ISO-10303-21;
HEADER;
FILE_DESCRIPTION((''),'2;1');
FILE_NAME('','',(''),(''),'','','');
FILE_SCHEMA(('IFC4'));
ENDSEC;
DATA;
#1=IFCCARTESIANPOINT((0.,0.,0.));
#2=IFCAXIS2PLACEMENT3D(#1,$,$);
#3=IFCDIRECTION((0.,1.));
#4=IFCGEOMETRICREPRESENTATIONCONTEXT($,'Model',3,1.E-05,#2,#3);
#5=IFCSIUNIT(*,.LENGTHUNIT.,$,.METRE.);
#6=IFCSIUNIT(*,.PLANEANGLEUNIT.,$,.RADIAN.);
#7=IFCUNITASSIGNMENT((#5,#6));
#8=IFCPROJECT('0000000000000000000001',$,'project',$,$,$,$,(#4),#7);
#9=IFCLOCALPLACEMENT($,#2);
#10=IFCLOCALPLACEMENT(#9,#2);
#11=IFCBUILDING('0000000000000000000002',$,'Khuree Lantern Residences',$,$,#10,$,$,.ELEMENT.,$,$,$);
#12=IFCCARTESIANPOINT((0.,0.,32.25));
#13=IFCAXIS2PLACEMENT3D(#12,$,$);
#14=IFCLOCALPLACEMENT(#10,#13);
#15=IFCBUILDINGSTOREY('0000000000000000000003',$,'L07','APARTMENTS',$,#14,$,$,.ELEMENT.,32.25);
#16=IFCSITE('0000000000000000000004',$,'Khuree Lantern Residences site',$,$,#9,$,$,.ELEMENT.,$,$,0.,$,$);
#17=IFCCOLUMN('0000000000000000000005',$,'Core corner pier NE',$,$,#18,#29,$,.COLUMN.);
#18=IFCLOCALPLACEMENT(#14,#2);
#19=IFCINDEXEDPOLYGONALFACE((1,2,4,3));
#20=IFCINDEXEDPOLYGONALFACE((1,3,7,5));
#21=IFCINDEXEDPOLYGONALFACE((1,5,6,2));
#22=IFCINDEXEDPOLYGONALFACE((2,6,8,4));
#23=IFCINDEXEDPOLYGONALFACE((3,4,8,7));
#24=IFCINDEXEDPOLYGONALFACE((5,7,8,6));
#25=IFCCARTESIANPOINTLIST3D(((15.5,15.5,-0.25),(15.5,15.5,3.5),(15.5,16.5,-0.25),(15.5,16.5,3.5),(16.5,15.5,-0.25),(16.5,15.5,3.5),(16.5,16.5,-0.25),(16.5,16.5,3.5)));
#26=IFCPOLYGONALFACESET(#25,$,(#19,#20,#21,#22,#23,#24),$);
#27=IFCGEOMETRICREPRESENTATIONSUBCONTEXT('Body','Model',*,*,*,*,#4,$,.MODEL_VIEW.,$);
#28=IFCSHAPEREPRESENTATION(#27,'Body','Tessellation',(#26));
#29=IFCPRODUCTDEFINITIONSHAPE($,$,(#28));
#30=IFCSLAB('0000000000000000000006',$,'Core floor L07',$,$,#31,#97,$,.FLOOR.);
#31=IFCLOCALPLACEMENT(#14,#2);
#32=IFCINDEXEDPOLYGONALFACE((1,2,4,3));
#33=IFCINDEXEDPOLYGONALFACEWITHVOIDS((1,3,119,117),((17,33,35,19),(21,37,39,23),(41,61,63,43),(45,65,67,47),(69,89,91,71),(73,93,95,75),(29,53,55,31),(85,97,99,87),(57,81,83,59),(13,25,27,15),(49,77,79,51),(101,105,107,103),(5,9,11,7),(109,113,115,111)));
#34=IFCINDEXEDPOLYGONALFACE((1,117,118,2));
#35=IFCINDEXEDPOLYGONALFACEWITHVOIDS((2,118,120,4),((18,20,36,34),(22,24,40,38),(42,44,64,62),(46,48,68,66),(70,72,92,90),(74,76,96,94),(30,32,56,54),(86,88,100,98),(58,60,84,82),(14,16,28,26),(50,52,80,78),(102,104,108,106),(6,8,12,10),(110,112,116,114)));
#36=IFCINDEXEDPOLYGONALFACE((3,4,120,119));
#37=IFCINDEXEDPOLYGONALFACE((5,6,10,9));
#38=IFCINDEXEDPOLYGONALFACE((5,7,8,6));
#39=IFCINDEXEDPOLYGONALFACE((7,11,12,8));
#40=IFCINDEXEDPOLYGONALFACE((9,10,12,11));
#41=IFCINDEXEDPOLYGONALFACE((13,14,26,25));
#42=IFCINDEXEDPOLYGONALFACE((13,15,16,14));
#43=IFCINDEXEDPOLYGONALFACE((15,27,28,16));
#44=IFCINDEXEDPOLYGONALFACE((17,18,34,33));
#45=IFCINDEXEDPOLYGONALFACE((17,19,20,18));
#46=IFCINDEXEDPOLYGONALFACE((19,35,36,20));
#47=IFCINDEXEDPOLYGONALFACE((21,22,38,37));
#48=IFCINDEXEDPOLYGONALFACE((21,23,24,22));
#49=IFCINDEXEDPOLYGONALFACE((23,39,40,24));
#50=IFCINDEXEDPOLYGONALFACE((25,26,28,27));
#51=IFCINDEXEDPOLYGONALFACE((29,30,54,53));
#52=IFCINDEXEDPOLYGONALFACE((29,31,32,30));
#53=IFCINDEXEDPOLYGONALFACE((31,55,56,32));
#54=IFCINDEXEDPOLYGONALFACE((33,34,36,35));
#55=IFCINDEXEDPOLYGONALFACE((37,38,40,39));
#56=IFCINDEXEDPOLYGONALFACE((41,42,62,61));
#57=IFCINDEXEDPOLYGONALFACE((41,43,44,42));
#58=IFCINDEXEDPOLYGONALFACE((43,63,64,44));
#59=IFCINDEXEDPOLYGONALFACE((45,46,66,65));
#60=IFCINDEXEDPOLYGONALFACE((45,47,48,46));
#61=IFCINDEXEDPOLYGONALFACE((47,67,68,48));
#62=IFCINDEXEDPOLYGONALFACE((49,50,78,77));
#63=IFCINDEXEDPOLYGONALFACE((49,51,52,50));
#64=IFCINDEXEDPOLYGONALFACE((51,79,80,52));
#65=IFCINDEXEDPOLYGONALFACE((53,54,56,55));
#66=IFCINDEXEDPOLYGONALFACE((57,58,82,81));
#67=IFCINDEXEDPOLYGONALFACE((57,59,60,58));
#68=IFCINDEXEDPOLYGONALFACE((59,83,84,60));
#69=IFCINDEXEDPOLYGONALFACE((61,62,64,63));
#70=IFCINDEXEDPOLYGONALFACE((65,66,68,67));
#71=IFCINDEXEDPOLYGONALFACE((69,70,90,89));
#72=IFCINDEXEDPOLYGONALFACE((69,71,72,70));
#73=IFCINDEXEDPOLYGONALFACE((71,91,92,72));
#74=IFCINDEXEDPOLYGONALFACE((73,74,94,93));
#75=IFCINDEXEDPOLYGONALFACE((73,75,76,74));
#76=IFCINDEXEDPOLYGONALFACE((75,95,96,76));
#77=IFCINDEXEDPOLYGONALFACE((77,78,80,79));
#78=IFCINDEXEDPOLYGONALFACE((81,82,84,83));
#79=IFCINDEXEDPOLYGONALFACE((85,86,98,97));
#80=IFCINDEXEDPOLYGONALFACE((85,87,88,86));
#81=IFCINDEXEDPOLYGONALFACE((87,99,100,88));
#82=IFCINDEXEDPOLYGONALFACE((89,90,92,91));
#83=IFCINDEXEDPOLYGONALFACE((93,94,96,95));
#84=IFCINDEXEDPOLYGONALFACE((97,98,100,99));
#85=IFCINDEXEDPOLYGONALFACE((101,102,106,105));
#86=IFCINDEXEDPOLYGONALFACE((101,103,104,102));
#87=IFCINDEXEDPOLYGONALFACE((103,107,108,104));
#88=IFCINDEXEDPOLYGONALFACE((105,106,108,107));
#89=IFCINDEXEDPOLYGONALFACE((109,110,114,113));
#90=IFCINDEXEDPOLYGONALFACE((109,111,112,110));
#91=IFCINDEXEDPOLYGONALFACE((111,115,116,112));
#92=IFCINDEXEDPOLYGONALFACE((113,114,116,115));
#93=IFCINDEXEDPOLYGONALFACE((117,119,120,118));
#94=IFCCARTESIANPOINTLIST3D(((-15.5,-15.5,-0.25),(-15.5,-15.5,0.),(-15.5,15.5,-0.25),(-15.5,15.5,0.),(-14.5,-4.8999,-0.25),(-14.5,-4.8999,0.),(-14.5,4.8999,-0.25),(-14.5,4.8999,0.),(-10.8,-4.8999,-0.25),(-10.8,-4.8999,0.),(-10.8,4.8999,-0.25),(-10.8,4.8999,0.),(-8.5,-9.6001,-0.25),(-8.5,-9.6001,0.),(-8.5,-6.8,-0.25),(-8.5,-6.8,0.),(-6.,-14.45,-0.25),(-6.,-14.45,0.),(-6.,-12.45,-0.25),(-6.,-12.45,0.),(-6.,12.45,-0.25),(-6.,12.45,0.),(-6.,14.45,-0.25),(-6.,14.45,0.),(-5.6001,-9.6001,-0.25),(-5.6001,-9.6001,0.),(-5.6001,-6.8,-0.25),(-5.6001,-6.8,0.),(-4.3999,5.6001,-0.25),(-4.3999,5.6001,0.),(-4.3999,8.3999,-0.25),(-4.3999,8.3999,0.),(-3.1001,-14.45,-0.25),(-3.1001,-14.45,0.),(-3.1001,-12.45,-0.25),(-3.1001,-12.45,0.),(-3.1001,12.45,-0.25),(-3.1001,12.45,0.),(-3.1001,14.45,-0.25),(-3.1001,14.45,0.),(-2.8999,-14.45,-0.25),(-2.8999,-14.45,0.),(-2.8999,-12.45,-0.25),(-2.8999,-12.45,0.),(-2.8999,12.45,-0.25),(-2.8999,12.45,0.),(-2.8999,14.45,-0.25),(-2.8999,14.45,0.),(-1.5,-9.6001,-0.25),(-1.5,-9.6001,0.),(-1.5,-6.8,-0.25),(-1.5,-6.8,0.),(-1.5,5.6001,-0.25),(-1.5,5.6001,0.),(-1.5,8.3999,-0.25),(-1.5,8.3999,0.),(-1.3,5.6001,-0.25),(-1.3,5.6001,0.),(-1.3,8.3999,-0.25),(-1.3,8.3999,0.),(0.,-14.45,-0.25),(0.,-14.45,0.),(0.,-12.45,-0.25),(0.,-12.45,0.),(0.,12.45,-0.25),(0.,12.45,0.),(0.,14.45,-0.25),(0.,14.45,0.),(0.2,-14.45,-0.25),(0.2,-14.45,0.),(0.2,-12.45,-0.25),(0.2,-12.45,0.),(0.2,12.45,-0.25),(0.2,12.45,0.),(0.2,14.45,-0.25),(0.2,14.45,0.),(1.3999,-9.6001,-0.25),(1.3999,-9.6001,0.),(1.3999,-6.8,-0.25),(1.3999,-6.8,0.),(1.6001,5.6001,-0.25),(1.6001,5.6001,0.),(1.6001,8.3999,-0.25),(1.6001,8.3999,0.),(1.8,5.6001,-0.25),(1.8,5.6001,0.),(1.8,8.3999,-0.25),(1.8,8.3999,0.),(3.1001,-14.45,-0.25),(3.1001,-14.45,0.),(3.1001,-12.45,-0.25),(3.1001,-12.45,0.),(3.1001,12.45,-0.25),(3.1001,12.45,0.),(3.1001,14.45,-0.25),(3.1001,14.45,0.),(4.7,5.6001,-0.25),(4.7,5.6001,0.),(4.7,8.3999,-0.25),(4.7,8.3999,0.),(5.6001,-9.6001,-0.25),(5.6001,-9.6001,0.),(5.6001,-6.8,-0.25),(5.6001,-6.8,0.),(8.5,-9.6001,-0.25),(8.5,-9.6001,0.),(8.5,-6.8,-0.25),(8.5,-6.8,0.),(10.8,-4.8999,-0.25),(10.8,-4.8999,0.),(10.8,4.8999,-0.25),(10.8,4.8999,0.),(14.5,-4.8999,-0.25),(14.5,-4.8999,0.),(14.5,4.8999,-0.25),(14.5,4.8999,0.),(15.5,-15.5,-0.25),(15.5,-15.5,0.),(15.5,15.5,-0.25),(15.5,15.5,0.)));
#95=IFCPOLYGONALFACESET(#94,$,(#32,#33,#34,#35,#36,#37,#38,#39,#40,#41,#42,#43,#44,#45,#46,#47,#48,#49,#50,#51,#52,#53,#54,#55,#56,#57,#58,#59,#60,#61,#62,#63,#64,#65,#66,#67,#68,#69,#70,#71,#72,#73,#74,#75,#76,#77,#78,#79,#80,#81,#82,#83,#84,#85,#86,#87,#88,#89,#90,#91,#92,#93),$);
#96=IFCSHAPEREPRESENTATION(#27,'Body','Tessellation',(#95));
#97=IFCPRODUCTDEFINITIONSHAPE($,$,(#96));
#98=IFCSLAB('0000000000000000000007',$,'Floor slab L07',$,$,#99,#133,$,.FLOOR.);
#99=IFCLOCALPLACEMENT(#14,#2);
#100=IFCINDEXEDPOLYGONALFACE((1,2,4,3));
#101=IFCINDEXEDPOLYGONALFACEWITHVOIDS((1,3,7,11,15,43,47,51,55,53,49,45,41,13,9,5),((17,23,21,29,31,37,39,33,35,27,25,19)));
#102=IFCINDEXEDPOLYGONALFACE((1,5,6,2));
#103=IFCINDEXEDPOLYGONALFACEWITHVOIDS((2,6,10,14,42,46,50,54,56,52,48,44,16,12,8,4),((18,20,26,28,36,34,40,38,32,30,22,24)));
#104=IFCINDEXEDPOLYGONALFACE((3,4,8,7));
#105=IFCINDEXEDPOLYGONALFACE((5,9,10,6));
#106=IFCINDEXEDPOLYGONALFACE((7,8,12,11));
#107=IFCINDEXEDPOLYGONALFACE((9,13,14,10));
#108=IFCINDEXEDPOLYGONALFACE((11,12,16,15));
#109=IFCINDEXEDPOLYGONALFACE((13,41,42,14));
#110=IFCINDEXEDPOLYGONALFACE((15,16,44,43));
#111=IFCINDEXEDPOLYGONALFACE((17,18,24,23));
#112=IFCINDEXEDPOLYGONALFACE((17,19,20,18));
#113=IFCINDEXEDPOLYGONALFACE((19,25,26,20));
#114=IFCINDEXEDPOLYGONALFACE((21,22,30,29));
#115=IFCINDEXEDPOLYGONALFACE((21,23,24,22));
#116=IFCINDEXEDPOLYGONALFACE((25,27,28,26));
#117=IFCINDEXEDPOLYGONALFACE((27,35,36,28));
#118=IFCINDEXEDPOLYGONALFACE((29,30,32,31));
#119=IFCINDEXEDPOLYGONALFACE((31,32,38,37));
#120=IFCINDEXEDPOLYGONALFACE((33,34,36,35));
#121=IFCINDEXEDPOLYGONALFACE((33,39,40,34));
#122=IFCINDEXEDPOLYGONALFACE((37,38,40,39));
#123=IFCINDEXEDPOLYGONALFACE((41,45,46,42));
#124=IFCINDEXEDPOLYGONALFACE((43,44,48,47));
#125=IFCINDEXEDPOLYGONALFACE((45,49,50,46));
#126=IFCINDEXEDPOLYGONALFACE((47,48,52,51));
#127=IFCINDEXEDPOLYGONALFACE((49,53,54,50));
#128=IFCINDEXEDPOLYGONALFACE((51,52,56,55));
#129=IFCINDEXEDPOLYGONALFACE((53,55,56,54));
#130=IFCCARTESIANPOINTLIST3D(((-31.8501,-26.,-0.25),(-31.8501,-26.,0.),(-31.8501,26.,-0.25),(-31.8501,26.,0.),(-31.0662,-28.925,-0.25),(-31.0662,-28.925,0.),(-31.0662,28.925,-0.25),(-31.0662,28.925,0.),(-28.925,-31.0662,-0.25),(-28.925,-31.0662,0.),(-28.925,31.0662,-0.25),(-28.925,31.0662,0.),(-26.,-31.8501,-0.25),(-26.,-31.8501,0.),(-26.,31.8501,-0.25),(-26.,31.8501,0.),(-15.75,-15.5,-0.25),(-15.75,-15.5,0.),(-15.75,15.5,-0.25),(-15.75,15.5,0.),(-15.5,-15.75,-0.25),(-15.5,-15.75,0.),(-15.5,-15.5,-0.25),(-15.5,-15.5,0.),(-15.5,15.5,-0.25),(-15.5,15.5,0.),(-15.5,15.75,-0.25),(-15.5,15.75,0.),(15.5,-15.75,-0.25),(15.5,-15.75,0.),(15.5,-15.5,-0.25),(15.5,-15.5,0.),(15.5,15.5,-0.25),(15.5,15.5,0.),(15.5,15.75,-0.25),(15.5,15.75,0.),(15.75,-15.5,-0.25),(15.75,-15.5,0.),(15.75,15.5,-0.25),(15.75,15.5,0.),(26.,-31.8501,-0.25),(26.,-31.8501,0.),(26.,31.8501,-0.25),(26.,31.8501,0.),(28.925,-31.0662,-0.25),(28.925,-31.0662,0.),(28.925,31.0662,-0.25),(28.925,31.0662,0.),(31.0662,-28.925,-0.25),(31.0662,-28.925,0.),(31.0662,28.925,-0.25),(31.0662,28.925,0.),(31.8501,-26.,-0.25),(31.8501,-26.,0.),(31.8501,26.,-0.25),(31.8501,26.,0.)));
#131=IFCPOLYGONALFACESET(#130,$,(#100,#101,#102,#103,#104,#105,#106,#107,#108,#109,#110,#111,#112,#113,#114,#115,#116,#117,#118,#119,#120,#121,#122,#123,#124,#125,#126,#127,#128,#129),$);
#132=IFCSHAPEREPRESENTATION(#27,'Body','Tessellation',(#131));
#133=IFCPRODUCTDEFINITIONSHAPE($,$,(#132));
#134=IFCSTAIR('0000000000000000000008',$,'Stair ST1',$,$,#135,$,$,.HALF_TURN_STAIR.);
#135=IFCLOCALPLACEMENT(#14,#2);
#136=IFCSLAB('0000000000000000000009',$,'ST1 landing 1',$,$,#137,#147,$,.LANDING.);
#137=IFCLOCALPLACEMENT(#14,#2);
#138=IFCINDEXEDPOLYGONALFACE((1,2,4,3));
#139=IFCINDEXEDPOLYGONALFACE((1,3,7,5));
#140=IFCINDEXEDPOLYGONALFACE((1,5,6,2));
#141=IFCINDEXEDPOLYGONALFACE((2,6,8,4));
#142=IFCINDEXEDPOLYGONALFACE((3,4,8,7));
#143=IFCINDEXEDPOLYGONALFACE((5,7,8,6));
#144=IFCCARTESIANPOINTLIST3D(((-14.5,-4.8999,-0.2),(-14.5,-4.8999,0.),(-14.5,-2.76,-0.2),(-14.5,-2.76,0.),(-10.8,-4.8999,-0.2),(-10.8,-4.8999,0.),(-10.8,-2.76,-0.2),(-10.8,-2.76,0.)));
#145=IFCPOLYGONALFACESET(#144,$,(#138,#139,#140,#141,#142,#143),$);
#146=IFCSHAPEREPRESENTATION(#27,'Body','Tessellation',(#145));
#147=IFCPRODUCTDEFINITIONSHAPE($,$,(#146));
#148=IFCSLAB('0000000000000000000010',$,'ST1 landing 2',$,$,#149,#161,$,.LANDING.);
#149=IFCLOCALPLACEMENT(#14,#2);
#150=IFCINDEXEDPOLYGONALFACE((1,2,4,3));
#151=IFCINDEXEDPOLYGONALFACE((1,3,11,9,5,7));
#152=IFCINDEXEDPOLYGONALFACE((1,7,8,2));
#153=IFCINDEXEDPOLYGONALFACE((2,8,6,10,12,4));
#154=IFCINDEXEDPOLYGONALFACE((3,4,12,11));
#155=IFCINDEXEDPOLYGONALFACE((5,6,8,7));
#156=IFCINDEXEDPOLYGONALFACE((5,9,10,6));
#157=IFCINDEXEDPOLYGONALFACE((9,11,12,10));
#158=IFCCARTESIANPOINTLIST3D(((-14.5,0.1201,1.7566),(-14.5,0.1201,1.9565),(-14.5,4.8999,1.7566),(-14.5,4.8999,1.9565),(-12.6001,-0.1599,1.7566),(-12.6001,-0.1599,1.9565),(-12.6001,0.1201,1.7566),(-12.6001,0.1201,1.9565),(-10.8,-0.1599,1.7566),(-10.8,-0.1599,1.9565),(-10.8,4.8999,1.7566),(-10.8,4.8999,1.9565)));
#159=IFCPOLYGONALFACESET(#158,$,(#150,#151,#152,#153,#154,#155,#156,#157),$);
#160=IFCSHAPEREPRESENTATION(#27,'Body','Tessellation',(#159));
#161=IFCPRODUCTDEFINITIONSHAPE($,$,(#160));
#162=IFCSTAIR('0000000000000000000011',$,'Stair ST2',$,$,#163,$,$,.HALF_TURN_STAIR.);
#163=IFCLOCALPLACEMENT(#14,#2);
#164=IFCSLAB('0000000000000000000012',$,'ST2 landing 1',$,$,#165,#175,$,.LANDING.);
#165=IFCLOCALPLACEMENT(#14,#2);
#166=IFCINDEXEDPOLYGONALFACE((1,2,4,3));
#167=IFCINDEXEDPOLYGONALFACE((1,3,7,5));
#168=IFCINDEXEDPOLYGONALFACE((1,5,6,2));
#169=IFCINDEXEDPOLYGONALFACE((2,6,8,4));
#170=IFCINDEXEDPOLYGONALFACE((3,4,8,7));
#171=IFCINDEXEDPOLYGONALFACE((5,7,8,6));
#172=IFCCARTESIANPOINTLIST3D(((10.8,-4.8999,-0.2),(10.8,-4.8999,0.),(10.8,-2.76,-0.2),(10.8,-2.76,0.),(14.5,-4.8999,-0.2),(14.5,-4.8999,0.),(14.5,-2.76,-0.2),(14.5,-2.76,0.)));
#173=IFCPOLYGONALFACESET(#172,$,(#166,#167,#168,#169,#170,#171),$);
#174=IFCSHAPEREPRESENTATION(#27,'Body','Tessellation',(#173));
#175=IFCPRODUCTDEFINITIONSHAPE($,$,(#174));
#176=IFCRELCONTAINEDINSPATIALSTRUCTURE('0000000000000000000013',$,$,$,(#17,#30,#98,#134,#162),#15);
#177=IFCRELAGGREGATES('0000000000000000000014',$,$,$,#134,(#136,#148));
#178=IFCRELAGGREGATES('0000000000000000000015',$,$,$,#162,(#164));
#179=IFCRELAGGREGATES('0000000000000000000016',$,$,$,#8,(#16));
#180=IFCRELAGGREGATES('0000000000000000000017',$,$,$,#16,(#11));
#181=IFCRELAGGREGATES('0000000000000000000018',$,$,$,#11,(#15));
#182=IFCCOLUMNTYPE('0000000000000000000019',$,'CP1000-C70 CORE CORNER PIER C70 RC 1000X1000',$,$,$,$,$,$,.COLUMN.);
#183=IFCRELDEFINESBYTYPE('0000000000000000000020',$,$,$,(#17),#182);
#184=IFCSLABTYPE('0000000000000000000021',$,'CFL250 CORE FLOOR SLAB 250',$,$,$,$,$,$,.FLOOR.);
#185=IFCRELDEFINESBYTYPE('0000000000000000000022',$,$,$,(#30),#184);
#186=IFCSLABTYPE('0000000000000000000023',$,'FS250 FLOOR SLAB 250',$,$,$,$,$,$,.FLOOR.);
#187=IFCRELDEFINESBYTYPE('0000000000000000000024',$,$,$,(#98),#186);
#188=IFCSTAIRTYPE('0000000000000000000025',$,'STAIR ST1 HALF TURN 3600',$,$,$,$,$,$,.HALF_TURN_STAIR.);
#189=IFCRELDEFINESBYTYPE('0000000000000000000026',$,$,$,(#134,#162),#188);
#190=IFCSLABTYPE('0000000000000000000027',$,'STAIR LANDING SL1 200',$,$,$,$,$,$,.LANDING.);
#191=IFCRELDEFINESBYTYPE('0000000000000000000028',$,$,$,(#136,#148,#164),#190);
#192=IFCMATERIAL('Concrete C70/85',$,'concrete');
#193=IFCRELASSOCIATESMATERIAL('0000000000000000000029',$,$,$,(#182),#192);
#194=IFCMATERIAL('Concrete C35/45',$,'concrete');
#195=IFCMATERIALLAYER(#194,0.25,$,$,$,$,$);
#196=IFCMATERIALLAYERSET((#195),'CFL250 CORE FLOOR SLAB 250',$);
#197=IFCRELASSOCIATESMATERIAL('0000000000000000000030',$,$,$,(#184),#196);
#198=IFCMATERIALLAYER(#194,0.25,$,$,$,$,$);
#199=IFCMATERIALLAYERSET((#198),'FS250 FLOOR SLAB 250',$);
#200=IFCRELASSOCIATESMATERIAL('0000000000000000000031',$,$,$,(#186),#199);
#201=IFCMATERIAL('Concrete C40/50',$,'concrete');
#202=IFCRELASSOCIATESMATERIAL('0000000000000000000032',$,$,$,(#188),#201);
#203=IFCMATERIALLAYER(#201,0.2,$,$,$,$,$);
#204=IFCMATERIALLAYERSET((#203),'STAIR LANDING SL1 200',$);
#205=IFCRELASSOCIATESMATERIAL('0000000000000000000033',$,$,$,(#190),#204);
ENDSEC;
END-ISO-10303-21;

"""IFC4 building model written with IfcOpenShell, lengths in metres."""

from ifc_helpers import new_model, si_unit, direction, frame, origin, origin_2d, place, context, subcontext, project, spatial, polyline, rectangle, outline, extrude, material, layer, layer_set, material_profile, profile_set, type_object, element, aggregate, save


model = new_model("IFC4")

# Units and contexts
model_context = context("Model", 3, precision=1e-05, world=origin(), true_north=direction((0.0, 1.0)))
body_context = subcontext(model_context, "Body", "Model", "MODEL_VIEW")
ifc_project = project(units=[si_unit("LENGTHUNIT", "METRE"), si_unit("PLANEANGLEUNIT", "RADIAN")], contexts=[model_context])

# Site, building, storey
site_placement = place(None, origin())
site = spatial("IfcSite", under=ifc_project, at=site_placement, Name="Khuree Lantern Residences site", CompositionType="ELEMENT", RefElevation=0.0)
building_placement = place(site_placement, origin())
building = spatial("IfcBuilding", under=site, at=building_placement, Name="Khuree Lantern Residences", CompositionType="ELEMENT")
storey_placement = place(building_placement, frame((0.0, 0.0, 32.25)))
storey = spatial("IfcBuildingStorey", under=building, at=storey_placement, Name="L07", Description="APARTMENTS", CompositionType="ELEMENT", Elevation=32.25)

# Column
ifc_material_1 = material(Name="Concrete C70/85", Category="concrete")
ifc_material_profile = material_profile(ifc_material_1, rectangle(XDim=1.0, YDim=1.0, at=origin_2d()), Name="RC 1000X1000")
ifc_profile_set = profile_set([ifc_material_profile], Name="Concrete C70/85")
column_type = type_object("IfcColumnType", Name="CP1000-C70 CORE CORNER PIER C70 RC 1000X1000", PredefinedType="COLUMN", material=ifc_profile_set)
column_placement = place(storey_placement, frame((16.0, 16.0, -0.25), z_axis=(0.0, 0.0, 1.0), x_axis=(1.0, 0.0, 0.0)))
element("IfcColumn", 1, at=column_placement, inside=storey, type_object=column_type, Name="Core corner pier NE", PredefinedType="COLUMN", context=body_context, shape_type="SweptSolid", body=[
    extrude(rectangle(XDim=1.0, YDim=1.0, at=origin_2d()), origin(), (0.0, 0.0, 1.0), 3.75),
])

# Slabs
ifc_material_2 = material(Name="Concrete C35/45", Category="concrete")
ifc_layer_1 = layer(ifc_material_2, 0.25)
ifc_layer_set_1 = layer_set([ifc_layer_1], Name="CFL250 CORE FLOOR SLAB 250")
slab_type_1 = type_object("IfcSlabType", Name="CFL250 CORE FLOOR SLAB 250", PredefinedType="FLOOR", material=ifc_layer_set_1)
slab_1_placement = place(storey_placement, frame((0.0, 0.0, -0.25)))
element("IfcSlab", 2, at=slab_1_placement, inside=storey, type_object=slab_type_1, Name="Core floor L07", PredefinedType="FLOOR", context=body_context, shape_type="SweptSolid", body=[
    extrude(outline(polyline([(-15.5, -15.5), (-15.5, 15.5), (15.5, 15.5), (15.5, -15.5), (-15.5, -15.5)]), holes=[polyline([(14.5, 4.8999), (10.8, 4.8999), (10.8, -4.8999), (14.5, -4.8999), (14.5, 4.8999)]), polyline([(8.5, -6.8), (5.6001, -6.8), (5.6001, -9.6001), (8.5, -9.6001), (8.5, -6.8)]), polyline([(4.7, 8.3999), (1.8, 8.3999), (1.8, 5.6001), (4.7, 5.6001), (4.7, 8.3999)]), polyline([(0.2, -12.45), (0.2, -14.45), (3.1001, -14.45), (3.1001, -12.45), (0.2, -12.45)]), polyline([(3.1001, 14.45), (0.2, 14.45), (0.2, 12.45), (3.1001, 12.45), (3.1001, 14.45)]), polyline([(1.6001, 8.3999), (-1.3, 8.3999), (-1.3, 5.6001), (1.6001, 5.6001), (1.6001, 8.3999)]), polyline([(1.3999, -6.8), (-1.5, -6.8), (-1.5, -9.6001), (1.3999, -9.6001), (1.3999, -6.8)]), polyline([(0.0, -12.45), (-2.8999, -12.45), (-2.8999, -14.45), (0.0, -14.45), (0.0, -12.45)]), polyline([(0.0, 14.45), (-2.8999, 14.45), (-2.8999, 12.45), (0.0, 12.45), (0.0, 14.45)]), polyline([(-1.5, 8.3999), (-4.3999, 8.3999), (-4.3999, 5.6001), (-1.5, 5.6001), (-1.5, 8.3999)]), polyline([(-6.0, -12.45), (-6.0, -14.45), (-3.1001, -14.45), (-3.1001, -12.45), (-6.0, -12.45)]), polyline([(-3.1001, 14.45), (-6.0, 14.45), (-6.0, 12.45), (-3.1001, 12.45), (-3.1001, 14.45)]), polyline([(-5.6001, -6.8), (-8.5, -6.8), (-8.5, -9.6001), (-5.6001, -9.6001), (-5.6001, -6.8)]), polyline([(-10.8, 4.8999), (-14.5, 4.8999), (-14.5, -4.8999), (-10.8, -4.8999), (-10.8, 4.8999)])]), origin(), (0.0, 0.0, 1.0), 0.25),
])
ifc_layer_2 = layer(ifc_material_2, 0.25)
ifc_layer_set_2 = layer_set([ifc_layer_2], Name="FS250 FLOOR SLAB 250")
slab_type_2 = type_object("IfcSlabType", Name="FS250 FLOOR SLAB 250", PredefinedType="FLOOR", material=ifc_layer_set_2)
slab_2_placement = place(storey_placement, frame((0.0, 0.0, -0.25)))
element("IfcSlab", 3, at=slab_2_placement, inside=storey, type_object=slab_type_2, Name="Floor slab L07", PredefinedType="FLOOR", context=body_context, shape_type="SweptSolid", body=[
    extrude(outline(polyline([(-28.925, -31.0662), (-31.0662, -28.925), (-31.8501, -26.0), (-31.8501, 26.0), (-31.0662, 28.925), (-28.925, 31.0662), (-26.0, 31.8501), (26.0, 31.8501), (28.925, 31.0662), (31.0662, 28.925), (31.8501, 26.0), (31.8501, -26.0), (31.0662, -28.925), (28.925, -31.0662), (26.0, -31.8501), (-26.0, -31.8501), (-28.925, -31.0662)]), holes=[polyline([(15.75, 15.5), (15.5, 15.5), (15.5, 15.75), (-15.5, 15.75), (-15.5, 15.5), (-15.75, 15.5), (-15.75, -15.5), (-15.5, -15.5), (-15.5, -15.75), (15.5, -15.75), (15.5, -15.5), (15.75, -15.5), (15.75, 15.5)])]), origin(), (0.0, 0.0, 1.0), 0.25),
])

# Stairs, slabs
ifc_material_3 = material(Name="Concrete C40/50", Category="concrete")
stair_type = type_object("IfcStairType", Name="STAIR ST1 HALF TURN 3600", PredefinedType="HALF_TURN_STAIR", material=ifc_material_3)
stair_1_placement = place(storey_placement, origin())
stair_1 = element("IfcStair", 4, at=stair_1_placement, inside=storey, type_object=stair_type, Name="Stair ST1", PredefinedType="HALF_TURN_STAIR")
ifc_layer_3 = layer(ifc_material_3, 0.2)
ifc_layer_set_3 = layer_set([ifc_layer_3], Name="STAIR LANDING SL1 200")
slab_type_3 = type_object("IfcSlabType", Name="STAIR LANDING SL1 200", PredefinedType="LANDING", material=ifc_layer_set_3)
slab_3_placement = place(storey_placement, frame((0.0, 0.0, -0.2)))
slab_3 = element("IfcSlab", 5, at=slab_3_placement, type_object=slab_type_3, Name="ST1 landing 1", PredefinedType="LANDING", context=body_context, shape_type="SweptSolid", body=[
    extrude(outline(polyline([(-14.5, -4.8999), (-10.8, -4.8999), (-10.8, -2.76), (-14.5, -2.76), (-14.5, -4.8999)])), origin(), (0.0, 0.0, 1.0), 0.2),
])
slab_4_placement = place(storey_placement, frame((0.0, 0.0, 1.7566)))
slab_4 = element("IfcSlab", 6, at=slab_4_placement, type_object=slab_type_3, Name="ST1 landing 2", PredefinedType="LANDING", context=body_context, shape_type="SweptSolid", body=[
    extrude(outline(polyline([(-14.5, 0.1201), (-14.5, 4.8999), (-10.8, 4.8999), (-10.8, -0.1599), (-12.6001, -0.1599), (-12.6001, 0.1201), (-14.5, 0.1201)])), origin(), (0.0, 0.0, 1.0), 0.2),
])
aggregate(stair_1, [slab_3, slab_4])
stair_2_placement = place(storey_placement, origin())
stair_2 = element("IfcStair", 7, at=stair_2_placement, inside=storey, type_object=stair_type, Name="Stair ST2", PredefinedType="HALF_TURN_STAIR")
slab_5_placement = place(storey_placement, frame((0.0, 0.0, -0.2)))
slab_5 = element("IfcSlab", 8, at=slab_5_placement, type_object=slab_type_3, Name="ST2 landing 1", PredefinedType="LANDING", context=body_context, shape_type="SweptSolid", body=[
    extrude(outline(polyline([(10.8, -4.8999), (14.5, -4.8999), (14.5, -2.76), (10.8, -2.76), (10.8, -4.8999)])), origin(), (0.0, 0.0, 1.0), 0.2),
])

aggregate(stair_2, [slab_5])

save(model, "model.ifc")
